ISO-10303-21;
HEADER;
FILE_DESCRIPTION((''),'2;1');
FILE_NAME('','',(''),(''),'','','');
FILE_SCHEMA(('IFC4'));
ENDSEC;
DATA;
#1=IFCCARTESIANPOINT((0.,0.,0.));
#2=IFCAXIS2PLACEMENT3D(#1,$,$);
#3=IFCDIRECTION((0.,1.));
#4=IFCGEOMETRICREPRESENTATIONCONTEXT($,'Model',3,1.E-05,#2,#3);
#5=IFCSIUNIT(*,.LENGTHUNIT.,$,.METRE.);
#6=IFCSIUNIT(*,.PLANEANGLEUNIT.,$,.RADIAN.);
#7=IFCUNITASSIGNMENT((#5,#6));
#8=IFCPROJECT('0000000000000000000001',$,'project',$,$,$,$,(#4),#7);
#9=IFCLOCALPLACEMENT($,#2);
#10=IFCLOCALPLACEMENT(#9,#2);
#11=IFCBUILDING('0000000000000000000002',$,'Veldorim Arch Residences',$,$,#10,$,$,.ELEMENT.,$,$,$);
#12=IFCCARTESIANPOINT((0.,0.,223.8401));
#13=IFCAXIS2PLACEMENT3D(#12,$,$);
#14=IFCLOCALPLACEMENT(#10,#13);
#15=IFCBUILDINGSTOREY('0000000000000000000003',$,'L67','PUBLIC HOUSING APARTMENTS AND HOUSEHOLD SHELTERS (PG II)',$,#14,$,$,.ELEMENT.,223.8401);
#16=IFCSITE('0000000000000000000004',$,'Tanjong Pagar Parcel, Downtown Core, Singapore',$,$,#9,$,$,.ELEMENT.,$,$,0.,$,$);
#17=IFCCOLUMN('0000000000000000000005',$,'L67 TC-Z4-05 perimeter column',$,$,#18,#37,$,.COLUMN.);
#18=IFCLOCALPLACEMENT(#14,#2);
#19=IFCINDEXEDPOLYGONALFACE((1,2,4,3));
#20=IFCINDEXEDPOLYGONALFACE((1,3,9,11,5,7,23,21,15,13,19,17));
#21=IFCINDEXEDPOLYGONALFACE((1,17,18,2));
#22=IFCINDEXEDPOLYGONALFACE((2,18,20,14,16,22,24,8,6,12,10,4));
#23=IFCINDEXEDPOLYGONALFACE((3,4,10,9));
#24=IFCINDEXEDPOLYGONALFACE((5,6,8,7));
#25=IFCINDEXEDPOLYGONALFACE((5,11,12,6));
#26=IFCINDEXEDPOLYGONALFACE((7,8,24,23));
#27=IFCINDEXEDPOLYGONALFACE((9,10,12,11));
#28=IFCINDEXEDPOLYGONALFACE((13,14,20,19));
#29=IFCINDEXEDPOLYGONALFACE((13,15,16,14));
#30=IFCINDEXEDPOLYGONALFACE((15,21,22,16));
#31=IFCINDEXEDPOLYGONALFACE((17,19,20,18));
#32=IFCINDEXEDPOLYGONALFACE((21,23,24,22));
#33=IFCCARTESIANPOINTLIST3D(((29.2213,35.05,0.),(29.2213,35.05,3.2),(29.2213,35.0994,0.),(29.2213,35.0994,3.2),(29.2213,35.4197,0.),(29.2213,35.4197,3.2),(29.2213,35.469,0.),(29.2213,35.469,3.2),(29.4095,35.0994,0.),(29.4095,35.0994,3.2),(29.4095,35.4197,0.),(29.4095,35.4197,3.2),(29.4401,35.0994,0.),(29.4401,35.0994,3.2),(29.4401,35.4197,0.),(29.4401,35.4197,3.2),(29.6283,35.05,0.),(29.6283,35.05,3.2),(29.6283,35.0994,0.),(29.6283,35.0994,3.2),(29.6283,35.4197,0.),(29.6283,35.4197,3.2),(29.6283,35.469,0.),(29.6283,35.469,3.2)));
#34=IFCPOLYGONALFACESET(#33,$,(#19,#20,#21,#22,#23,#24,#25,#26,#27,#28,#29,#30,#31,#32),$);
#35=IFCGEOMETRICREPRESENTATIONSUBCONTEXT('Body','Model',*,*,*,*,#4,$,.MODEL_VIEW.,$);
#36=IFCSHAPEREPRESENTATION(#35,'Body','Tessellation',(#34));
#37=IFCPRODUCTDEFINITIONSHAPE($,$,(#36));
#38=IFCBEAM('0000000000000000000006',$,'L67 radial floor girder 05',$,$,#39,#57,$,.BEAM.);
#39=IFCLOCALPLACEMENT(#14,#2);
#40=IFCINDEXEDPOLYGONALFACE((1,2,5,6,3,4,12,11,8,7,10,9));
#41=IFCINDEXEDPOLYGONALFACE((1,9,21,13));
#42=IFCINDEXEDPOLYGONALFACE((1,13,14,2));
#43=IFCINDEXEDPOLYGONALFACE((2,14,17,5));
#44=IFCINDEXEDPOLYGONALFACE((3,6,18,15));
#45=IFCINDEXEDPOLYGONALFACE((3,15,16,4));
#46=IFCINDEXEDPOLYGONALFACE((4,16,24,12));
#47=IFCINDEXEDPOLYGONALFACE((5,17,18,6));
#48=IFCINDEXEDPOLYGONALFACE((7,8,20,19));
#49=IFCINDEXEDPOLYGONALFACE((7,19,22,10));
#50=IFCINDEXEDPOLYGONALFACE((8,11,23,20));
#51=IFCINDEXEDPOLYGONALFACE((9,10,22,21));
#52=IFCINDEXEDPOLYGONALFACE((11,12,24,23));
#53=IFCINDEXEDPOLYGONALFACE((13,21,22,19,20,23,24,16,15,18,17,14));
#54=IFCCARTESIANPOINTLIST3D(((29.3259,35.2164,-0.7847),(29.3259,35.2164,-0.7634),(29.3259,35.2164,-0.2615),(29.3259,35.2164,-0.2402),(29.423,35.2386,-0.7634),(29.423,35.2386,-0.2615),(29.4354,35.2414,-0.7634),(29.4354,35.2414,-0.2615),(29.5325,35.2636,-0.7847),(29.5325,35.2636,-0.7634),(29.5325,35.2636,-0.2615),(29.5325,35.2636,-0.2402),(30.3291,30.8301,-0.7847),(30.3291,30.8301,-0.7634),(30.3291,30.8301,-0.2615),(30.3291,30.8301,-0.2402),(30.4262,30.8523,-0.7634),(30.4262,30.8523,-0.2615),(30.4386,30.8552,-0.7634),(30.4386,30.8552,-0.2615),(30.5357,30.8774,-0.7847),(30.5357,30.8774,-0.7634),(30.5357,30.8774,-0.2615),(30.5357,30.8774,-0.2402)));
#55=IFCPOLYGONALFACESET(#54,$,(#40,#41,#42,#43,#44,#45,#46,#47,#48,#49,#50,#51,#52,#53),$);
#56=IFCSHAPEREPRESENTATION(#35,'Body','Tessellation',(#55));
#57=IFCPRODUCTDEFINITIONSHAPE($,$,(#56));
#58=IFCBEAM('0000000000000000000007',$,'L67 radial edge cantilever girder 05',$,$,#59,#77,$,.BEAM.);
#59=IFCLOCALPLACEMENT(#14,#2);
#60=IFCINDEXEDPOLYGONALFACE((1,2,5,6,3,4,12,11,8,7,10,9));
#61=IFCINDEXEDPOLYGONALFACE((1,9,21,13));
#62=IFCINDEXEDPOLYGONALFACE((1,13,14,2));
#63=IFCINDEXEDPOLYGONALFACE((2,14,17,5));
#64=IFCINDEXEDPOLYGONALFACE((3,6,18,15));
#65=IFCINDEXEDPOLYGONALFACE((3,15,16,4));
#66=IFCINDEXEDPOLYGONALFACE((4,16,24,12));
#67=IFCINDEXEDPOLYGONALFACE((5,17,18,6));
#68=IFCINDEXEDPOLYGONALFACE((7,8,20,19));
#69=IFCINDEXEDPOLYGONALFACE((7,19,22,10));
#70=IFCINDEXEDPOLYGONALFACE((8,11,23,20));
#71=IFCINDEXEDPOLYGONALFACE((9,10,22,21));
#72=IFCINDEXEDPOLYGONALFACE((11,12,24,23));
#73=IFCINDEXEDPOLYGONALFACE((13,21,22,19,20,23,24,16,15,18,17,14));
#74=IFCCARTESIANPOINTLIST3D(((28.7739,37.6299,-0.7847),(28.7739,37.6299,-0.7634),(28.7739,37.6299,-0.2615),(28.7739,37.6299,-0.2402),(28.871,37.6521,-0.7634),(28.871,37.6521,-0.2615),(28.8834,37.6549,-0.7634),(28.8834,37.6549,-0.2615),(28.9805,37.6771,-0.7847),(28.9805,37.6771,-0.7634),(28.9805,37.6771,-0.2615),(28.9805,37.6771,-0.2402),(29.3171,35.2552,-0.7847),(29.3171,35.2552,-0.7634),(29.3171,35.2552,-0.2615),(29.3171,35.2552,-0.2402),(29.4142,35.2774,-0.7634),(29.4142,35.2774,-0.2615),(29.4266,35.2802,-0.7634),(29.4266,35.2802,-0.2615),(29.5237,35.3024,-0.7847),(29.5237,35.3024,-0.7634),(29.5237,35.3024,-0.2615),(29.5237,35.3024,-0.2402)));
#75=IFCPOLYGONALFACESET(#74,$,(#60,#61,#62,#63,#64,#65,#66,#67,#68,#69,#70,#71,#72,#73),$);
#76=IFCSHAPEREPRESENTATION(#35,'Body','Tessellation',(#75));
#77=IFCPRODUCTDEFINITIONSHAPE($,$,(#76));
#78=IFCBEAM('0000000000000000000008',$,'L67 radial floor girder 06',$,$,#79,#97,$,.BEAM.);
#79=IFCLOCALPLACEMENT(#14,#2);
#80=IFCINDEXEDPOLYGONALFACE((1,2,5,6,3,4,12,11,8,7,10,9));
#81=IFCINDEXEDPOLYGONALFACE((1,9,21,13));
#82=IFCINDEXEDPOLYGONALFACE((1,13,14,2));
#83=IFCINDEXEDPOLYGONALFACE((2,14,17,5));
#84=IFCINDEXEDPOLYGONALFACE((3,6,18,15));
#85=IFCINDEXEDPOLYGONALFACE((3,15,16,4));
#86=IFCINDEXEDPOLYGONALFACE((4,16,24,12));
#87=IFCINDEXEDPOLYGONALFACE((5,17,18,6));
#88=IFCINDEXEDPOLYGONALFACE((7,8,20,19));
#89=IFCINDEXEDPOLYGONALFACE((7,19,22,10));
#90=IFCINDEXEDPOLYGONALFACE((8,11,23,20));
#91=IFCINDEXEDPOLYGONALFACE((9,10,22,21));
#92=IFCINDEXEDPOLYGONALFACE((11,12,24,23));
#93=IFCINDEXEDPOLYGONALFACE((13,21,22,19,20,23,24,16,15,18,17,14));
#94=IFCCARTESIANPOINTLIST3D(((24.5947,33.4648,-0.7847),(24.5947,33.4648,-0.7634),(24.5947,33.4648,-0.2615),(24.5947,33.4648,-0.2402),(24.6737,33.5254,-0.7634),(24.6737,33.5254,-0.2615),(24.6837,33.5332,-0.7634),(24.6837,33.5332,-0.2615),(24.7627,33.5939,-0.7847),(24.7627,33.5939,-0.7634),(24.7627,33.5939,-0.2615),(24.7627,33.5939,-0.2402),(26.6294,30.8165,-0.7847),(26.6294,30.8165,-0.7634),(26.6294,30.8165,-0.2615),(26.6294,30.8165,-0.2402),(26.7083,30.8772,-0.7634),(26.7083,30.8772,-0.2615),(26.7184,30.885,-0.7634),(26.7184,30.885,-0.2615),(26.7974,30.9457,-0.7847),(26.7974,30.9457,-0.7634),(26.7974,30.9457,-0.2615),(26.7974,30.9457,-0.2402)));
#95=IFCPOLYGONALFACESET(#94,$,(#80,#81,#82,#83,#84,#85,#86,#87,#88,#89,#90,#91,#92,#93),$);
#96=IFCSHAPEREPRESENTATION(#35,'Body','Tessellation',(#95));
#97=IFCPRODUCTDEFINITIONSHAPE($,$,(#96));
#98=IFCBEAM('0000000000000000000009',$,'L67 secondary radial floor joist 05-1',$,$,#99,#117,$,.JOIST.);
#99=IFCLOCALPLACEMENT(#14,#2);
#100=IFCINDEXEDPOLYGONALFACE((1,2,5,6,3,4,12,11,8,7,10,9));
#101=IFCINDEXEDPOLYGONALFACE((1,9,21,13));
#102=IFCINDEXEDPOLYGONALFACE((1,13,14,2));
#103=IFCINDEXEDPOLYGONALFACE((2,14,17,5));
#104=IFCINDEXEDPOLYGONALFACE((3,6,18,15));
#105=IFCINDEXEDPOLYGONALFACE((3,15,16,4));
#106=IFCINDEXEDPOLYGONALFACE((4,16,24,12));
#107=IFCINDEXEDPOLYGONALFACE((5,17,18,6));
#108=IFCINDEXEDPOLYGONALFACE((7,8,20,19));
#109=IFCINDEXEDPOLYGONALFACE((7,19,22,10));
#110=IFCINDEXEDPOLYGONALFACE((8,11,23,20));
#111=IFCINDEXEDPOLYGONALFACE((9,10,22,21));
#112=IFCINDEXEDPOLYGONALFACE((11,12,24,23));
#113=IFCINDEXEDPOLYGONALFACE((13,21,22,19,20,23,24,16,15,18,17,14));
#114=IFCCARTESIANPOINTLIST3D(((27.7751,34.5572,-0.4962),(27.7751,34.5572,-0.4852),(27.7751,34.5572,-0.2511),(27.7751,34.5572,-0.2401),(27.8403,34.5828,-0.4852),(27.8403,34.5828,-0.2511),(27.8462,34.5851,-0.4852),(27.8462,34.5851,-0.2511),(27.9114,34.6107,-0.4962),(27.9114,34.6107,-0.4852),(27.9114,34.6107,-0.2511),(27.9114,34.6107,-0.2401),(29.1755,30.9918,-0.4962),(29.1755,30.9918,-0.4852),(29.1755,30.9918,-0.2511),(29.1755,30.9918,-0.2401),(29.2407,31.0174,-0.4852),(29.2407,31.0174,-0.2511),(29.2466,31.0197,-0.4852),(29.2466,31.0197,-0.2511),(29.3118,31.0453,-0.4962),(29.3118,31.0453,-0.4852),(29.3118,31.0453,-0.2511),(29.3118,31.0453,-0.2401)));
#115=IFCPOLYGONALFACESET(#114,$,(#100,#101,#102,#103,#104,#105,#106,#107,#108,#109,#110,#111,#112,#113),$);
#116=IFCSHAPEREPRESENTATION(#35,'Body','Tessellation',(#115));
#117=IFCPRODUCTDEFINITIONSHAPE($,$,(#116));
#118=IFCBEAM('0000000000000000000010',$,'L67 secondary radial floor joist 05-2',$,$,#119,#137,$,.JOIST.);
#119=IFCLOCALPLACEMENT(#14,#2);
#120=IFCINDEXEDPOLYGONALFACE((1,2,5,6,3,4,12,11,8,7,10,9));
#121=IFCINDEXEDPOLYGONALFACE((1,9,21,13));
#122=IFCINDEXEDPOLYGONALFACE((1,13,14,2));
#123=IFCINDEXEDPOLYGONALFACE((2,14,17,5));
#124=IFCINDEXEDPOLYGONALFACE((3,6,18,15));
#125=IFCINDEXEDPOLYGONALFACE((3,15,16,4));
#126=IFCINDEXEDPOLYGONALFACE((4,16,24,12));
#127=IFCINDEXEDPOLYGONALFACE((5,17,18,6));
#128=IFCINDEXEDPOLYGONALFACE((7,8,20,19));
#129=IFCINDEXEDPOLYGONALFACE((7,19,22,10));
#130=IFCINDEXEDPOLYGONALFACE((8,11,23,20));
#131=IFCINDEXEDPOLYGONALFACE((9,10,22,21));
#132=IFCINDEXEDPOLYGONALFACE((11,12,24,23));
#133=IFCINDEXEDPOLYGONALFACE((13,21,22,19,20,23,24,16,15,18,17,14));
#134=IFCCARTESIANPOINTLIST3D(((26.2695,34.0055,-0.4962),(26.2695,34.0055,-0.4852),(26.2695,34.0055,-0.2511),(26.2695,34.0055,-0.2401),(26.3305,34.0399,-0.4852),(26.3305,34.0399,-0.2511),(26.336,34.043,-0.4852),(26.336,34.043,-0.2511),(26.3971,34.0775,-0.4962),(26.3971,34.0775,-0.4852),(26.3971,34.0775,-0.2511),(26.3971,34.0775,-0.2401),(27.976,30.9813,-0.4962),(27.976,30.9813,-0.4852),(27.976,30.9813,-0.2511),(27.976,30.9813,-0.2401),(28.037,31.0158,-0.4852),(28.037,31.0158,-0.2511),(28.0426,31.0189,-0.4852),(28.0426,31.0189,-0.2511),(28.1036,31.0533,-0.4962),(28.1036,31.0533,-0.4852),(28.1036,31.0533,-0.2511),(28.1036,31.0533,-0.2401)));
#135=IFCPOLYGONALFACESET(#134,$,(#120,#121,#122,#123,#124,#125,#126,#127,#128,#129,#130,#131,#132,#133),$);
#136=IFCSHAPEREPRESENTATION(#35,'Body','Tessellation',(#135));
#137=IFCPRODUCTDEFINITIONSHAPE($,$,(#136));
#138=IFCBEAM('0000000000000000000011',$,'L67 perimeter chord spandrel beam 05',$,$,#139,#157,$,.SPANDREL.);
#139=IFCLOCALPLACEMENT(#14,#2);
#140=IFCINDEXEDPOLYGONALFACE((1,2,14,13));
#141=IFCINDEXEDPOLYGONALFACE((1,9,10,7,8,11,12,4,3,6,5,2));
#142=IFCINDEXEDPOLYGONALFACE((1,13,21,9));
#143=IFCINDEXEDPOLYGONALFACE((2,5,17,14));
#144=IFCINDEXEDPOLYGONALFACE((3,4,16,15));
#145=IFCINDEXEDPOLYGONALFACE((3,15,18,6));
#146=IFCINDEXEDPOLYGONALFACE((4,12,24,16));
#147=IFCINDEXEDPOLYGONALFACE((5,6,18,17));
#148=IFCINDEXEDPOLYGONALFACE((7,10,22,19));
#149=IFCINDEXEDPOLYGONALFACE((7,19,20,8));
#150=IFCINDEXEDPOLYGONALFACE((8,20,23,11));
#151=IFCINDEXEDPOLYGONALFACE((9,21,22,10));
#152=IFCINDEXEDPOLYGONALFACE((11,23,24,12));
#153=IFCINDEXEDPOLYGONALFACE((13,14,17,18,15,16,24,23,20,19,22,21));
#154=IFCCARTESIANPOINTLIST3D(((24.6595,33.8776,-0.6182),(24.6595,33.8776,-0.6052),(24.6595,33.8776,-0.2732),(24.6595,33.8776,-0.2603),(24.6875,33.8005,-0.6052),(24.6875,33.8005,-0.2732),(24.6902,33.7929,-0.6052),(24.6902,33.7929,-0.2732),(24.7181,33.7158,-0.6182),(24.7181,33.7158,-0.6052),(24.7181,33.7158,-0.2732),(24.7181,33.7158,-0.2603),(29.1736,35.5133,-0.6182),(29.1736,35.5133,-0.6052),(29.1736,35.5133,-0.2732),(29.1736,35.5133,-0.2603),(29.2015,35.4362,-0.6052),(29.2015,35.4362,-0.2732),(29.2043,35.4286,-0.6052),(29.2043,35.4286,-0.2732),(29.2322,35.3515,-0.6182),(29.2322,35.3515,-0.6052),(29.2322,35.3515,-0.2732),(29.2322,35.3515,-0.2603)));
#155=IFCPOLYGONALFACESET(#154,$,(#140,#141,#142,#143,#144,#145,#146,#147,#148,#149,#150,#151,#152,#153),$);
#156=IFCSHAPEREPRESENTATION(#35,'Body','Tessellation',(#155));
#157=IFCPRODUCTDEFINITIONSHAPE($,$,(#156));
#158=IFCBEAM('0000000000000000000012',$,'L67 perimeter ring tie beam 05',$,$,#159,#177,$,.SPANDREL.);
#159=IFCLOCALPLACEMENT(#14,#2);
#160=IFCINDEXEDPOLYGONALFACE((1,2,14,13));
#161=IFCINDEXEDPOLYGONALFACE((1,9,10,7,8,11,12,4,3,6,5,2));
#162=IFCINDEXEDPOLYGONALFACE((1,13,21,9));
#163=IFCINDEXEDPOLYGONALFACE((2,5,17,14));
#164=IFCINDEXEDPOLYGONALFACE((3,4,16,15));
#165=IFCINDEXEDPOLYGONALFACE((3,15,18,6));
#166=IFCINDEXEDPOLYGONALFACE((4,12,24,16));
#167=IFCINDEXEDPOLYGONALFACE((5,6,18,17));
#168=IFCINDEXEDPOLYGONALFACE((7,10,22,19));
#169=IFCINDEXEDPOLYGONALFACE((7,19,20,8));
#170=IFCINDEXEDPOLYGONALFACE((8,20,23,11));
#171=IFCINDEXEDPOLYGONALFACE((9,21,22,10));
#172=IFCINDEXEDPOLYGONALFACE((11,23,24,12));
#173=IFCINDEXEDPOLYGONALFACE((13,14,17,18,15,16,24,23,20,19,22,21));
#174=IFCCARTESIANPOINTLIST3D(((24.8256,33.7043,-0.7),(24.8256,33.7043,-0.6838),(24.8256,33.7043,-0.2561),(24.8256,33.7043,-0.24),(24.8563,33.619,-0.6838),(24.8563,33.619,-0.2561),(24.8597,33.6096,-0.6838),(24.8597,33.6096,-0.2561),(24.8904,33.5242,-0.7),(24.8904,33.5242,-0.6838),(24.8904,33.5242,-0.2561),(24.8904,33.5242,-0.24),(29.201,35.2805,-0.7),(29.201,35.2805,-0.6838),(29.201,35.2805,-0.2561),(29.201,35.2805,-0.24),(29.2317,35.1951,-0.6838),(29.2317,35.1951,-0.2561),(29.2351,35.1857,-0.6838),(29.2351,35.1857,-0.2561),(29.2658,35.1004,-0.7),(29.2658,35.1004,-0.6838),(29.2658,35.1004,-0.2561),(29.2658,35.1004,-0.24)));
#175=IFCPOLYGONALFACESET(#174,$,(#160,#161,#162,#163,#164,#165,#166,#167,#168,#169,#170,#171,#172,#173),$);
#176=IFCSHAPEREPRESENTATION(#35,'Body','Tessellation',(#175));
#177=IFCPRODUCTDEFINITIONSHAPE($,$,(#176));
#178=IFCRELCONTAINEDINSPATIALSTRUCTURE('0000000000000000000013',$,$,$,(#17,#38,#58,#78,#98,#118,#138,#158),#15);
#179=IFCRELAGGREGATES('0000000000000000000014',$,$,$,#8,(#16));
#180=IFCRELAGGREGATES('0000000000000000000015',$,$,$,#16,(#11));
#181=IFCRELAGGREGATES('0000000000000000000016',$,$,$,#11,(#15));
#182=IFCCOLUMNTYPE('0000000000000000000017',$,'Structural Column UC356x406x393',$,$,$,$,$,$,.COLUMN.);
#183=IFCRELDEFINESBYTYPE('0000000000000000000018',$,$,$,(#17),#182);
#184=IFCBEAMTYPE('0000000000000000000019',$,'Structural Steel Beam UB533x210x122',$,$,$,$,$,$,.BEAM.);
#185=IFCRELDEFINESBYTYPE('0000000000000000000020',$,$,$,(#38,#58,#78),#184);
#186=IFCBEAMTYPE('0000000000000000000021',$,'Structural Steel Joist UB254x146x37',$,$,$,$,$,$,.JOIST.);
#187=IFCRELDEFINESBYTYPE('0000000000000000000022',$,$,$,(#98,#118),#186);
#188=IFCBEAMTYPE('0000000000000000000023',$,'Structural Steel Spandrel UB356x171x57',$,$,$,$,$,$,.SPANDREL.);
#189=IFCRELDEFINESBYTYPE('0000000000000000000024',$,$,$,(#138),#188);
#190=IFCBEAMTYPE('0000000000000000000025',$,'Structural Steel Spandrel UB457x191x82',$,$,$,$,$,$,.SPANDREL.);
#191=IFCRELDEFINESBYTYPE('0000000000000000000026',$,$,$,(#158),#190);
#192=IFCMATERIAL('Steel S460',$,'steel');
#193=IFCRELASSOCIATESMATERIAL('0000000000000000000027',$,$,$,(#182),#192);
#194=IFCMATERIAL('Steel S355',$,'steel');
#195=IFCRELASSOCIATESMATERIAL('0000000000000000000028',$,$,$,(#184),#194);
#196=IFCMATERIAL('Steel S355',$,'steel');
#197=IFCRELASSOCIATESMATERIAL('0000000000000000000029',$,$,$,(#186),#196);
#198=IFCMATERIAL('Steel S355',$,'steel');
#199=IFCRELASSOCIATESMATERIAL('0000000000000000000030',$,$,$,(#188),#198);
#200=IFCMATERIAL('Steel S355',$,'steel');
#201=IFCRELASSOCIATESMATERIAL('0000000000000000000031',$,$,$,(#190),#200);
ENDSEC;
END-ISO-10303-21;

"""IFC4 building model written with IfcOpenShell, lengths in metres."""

from ifc_helpers import new_model, si_unit, direction, frame, origin, origin_2d, place, context, subcontext, project, spatial, i_section, extrude, material, material_profile, profile_set, type_object, element, save


model = new_model("IFC4")

# Units and contexts
model_context = context("Model", 3, precision=1e-05, world=origin(), true_north=direction((0.0, 1.0)))
body_context = subcontext(model_context, "Body", "Model", "MODEL_VIEW")
ifc_project = project(units=[si_unit("LENGTHUNIT", "METRE"), si_unit("PLANEANGLEUNIT", "RADIAN")], contexts=[model_context])

# Site, building, storey
site_placement = place(None, origin())
site = spatial("IfcSite", under=ifc_project, at=site_placement, Name="Tanjong Pagar Parcel, Downtown Core, Singapore", CompositionType="ELEMENT", RefElevation=0.0)
building_placement = place(site_placement, origin())
building = spatial("IfcBuilding", under=site, at=building_placement, Name="Veldorim Arch Residences", CompositionType="ELEMENT")
storey_placement = place(building_placement, frame((0.0, 0.0, 223.8401)))
storey = spatial("IfcBuildingStorey", under=building, at=storey_placement, Name="L67", Description="PUBLIC HOUSING APARTMENTS AND HOUSEHOLD SHELTERS (PG II)", CompositionType="ELEMENT", Elevation=223.8401)

# Column
ifc_material_1 = material(Name="Steel S460", Category="steel")
ifc_material_profile_1 = material_profile(ifc_material_1, i_section(OverallWidth=0.407, OverallDepth=0.4189, WebThickness=0.0305, FlangeThickness=0.0493, at=origin_2d()), Name="UC356x406x393")
ifc_profile_set_1 = profile_set([ifc_material_profile_1], Name="Steel S460")
column_type = type_object("IfcColumnType", Name="Structural Column UC356x406x393", PredefinedType="COLUMN", material=ifc_profile_set_1)
column_placement = place(storey_placement, frame((29.4248, 35.2595, 0.0), z_axis=(0.0, 0.0, 1.0), x_axis=(1.0, 0.0, 0.0)))
element("IfcColumn", 1, at=column_placement, inside=storey, type_object=column_type, Name="L67 TC-Z4-05 perimeter column", PredefinedType="COLUMN", context=body_context, shape_type="SweptSolid", body=[
    extrude(i_section(OverallWidth=0.407, OverallDepth=0.4189, WebThickness=0.0305, FlangeThickness=0.0493, at=origin_2d()), origin(), (0.0, 0.0, 1.0), 3.2),
])

# Beams
ifc_material_2 = material(Name="Steel S355", Category="steel")
ifc_material_profile_2 = material_profile(ifc_material_2, i_section(OverallWidth=0.2119, OverallDepth=0.5444, WebThickness=0.0127, FlangeThickness=0.0212, at=origin_2d()), Name="UB533x210x122")
ifc_profile_set_2 = profile_set([ifc_material_profile_2], Name="Steel S355")
beam_type_1 = type_object("IfcBeamType", Name="Structural Steel Beam UB533x210x122", PredefinedType="BEAM", material=ifc_profile_set_2)
beam_1_placement = place(storey_placement, frame((30.4324, 30.8538, -0.5125), z_axis=(-0.222953, 0.974829, 0.0), x_axis=(-0.974829, -0.222953, 0.0)))
element("IfcBeam", 2, at=beam_1_placement, inside=storey, type_object=beam_type_1, Name="L67 radial floor girder 05", PredefinedType="BEAM", context=body_context, shape_type="SweptSolid", body=[
    extrude(i_section(OverallWidth=0.2119, OverallDepth=0.5444, WebThickness=0.0127, FlangeThickness=0.0212, at=origin_2d()), origin(), (0.0, 0.0, 1.0), 4.4995),
])
beam_2_placement = place(storey_placement, frame((29.4204, 35.2788, -0.5125), z_axis=(-0.222985, 0.974822, 0.0), x_axis=(-0.974822, -0.222985, 0.0)))
element("IfcBeam", 3, at=beam_2_placement, inside=storey, type_object=beam_type_1, Name="L67 radial edge cantilever girder 05", PredefinedType="BEAM", context=body_context, shape_type="SweptSolid", body=[
    extrude(i_section(OverallWidth=0.2119, OverallDepth=0.5444, WebThickness=0.0127, FlangeThickness=0.0212, at=origin_2d()), origin(), (0.0, 0.0, 1.0), 2.436),
])
beam_3_placement = place(storey_placement, frame((26.7134, 30.8811, -0.5125), z_axis=(-0.609258, 0.792972, 0.0), x_axis=(-0.792972, -0.609258, 0.0)))
element("IfcBeam", 4, at=beam_3_placement, inside=storey, type_object=beam_type_1, Name="L67 radial floor girder 06", PredefinedType="BEAM", context=body_context, shape_type="SweptSolid", body=[
    extrude(i_section(OverallWidth=0.2119, OverallDepth=0.5444, WebThickness=0.0127, FlangeThickness=0.0212, at=origin_2d()), origin(), (0.0, 0.0, 1.0), 3.3396),
])
ifc_material_3 = material(Name="Steel S355", Category="steel")
ifc_material_profile_3 = material_profile(ifc_material_3, i_section(OverallWidth=0.1465, OverallDepth=0.2561, WebThickness=0.0063, FlangeThickness=0.011, at=origin_2d()), Name="UB254x146x37")
ifc_profile_set_3 = profile_set([ifc_material_profile_3], Name="Steel S355")
beam_type_2 = type_object("IfcBeamType", Name="Structural Steel Joist UB254x146x37", PredefinedType="JOIST", material=ifc_profile_set_3)
beam_4_placement = place(storey_placement, frame((29.2437, 31.0186, -0.3682), z_axis=(-0.365581, 0.930779, 0.0), x_axis=(-0.930779, -0.365581, 0.0)))
element("IfcBeam", 5, at=beam_4_placement, inside=storey, type_object=beam_type_2, Name="L67 secondary radial floor joist 05-1", PredefinedType="JOIST", context=body_context, shape_type="SweptSolid", body=[
    extrude(i_section(OverallWidth=0.1465, OverallDepth=0.2561, WebThickness=0.0063, FlangeThickness=0.011, at=origin_2d()), origin(), (0.0, 0.0, 1.0), 3.8306),
])
beam_5_placement = place(storey_placement, frame((28.0398, 31.0173, -0.3682), z_axis=(-0.491452, 0.870904, 0.0), x_axis=(-0.870904, -0.491452, 0.0)))
element("IfcBeam", 6, at=beam_5_placement, inside=storey, type_object=beam_type_2, Name="L67 secondary radial floor joist 05-2", PredefinedType="JOIST", context=body_context, shape_type="SweptSolid", body=[
    extrude(i_section(OverallWidth=0.1465, OverallDepth=0.2561, WebThickness=0.0063, FlangeThickness=0.011, at=origin_2d()), origin(), (0.0, 0.0, 1.0), 3.4724),
])
ifc_material_4 = material(Name="Steel S355", Category="steel")
ifc_material_profile_4 = material_profile(ifc_material_4, i_section(OverallWidth=0.1721, OverallDepth=0.3579, WebThickness=0.0081, FlangeThickness=0.0129, at=origin_2d()), Name="UB356x171x57")
ifc_profile_set_4 = profile_set([ifc_material_profile_4], Name="Steel S355")
beam_type_3 = type_object("IfcBeamType", Name="Structural Steel Spandrel UB356x171x57", PredefinedType="SPANDREL", material=ifc_profile_set_4)
beam_6_placement = place(storey_placement, frame((29.2029, 35.4324, -0.4392), z_axis=(-0.940179, -0.340681, 0.0), x_axis=(0.340681, -0.940179, 0.0)))
element("IfcBeam", 7, at=beam_6_placement, inside=storey, type_object=beam_type_3, Name="L67 perimeter chord spandrel beam 05", PredefinedType="SPANDREL", context=body_context, shape_type="SweptSolid", body=[
    extrude(i_section(OverallWidth=0.1721, OverallDepth=0.3579, WebThickness=0.0081, FlangeThickness=0.0129, at=origin_2d()), origin(), (0.0, 0.0, 1.0), 4.8013),
])
ifc_material_5 = material(Name="Steel S355", Category="steel")
ifc_material_profile_5 = material_profile(ifc_material_5, i_section(OverallWidth=0.1914, OverallDepth=0.46, WebThickness=0.01, FlangeThickness=0.0161, at=origin_2d()), Name="UB457x191x82")
ifc_profile_set_5 = profile_set([ifc_material_profile_5], Name="Steel S355")
beam_type_4 = type_object("IfcBeamType", Name="Structural Steel Spandrel UB457x191x82", PredefinedType="SPANDREL", material=ifc_profile_set_5)
beam_7_placement = place(storey_placement, frame((29.2334, 35.1904, -0.47), z_axis=(-0.940819, -0.338909, 0.0), x_axis=(0.338909, -0.940819, 0.0)))
element("IfcBeam", 8, at=beam_7_placement, inside=storey, type_object=beam_type_4, Name="L67 perimeter ring tie beam 05", PredefinedType="SPANDREL", context=body_context, shape_type="SweptSolid", body=[
    extrude(i_section(OverallWidth=0.1914, OverallDepth=0.46, WebThickness=0.01, FlangeThickness=0.0161, at=origin_2d()), origin(), (0.0, 0.0, 1.0), 4.6506),
])

save(model, "model.ifc")
